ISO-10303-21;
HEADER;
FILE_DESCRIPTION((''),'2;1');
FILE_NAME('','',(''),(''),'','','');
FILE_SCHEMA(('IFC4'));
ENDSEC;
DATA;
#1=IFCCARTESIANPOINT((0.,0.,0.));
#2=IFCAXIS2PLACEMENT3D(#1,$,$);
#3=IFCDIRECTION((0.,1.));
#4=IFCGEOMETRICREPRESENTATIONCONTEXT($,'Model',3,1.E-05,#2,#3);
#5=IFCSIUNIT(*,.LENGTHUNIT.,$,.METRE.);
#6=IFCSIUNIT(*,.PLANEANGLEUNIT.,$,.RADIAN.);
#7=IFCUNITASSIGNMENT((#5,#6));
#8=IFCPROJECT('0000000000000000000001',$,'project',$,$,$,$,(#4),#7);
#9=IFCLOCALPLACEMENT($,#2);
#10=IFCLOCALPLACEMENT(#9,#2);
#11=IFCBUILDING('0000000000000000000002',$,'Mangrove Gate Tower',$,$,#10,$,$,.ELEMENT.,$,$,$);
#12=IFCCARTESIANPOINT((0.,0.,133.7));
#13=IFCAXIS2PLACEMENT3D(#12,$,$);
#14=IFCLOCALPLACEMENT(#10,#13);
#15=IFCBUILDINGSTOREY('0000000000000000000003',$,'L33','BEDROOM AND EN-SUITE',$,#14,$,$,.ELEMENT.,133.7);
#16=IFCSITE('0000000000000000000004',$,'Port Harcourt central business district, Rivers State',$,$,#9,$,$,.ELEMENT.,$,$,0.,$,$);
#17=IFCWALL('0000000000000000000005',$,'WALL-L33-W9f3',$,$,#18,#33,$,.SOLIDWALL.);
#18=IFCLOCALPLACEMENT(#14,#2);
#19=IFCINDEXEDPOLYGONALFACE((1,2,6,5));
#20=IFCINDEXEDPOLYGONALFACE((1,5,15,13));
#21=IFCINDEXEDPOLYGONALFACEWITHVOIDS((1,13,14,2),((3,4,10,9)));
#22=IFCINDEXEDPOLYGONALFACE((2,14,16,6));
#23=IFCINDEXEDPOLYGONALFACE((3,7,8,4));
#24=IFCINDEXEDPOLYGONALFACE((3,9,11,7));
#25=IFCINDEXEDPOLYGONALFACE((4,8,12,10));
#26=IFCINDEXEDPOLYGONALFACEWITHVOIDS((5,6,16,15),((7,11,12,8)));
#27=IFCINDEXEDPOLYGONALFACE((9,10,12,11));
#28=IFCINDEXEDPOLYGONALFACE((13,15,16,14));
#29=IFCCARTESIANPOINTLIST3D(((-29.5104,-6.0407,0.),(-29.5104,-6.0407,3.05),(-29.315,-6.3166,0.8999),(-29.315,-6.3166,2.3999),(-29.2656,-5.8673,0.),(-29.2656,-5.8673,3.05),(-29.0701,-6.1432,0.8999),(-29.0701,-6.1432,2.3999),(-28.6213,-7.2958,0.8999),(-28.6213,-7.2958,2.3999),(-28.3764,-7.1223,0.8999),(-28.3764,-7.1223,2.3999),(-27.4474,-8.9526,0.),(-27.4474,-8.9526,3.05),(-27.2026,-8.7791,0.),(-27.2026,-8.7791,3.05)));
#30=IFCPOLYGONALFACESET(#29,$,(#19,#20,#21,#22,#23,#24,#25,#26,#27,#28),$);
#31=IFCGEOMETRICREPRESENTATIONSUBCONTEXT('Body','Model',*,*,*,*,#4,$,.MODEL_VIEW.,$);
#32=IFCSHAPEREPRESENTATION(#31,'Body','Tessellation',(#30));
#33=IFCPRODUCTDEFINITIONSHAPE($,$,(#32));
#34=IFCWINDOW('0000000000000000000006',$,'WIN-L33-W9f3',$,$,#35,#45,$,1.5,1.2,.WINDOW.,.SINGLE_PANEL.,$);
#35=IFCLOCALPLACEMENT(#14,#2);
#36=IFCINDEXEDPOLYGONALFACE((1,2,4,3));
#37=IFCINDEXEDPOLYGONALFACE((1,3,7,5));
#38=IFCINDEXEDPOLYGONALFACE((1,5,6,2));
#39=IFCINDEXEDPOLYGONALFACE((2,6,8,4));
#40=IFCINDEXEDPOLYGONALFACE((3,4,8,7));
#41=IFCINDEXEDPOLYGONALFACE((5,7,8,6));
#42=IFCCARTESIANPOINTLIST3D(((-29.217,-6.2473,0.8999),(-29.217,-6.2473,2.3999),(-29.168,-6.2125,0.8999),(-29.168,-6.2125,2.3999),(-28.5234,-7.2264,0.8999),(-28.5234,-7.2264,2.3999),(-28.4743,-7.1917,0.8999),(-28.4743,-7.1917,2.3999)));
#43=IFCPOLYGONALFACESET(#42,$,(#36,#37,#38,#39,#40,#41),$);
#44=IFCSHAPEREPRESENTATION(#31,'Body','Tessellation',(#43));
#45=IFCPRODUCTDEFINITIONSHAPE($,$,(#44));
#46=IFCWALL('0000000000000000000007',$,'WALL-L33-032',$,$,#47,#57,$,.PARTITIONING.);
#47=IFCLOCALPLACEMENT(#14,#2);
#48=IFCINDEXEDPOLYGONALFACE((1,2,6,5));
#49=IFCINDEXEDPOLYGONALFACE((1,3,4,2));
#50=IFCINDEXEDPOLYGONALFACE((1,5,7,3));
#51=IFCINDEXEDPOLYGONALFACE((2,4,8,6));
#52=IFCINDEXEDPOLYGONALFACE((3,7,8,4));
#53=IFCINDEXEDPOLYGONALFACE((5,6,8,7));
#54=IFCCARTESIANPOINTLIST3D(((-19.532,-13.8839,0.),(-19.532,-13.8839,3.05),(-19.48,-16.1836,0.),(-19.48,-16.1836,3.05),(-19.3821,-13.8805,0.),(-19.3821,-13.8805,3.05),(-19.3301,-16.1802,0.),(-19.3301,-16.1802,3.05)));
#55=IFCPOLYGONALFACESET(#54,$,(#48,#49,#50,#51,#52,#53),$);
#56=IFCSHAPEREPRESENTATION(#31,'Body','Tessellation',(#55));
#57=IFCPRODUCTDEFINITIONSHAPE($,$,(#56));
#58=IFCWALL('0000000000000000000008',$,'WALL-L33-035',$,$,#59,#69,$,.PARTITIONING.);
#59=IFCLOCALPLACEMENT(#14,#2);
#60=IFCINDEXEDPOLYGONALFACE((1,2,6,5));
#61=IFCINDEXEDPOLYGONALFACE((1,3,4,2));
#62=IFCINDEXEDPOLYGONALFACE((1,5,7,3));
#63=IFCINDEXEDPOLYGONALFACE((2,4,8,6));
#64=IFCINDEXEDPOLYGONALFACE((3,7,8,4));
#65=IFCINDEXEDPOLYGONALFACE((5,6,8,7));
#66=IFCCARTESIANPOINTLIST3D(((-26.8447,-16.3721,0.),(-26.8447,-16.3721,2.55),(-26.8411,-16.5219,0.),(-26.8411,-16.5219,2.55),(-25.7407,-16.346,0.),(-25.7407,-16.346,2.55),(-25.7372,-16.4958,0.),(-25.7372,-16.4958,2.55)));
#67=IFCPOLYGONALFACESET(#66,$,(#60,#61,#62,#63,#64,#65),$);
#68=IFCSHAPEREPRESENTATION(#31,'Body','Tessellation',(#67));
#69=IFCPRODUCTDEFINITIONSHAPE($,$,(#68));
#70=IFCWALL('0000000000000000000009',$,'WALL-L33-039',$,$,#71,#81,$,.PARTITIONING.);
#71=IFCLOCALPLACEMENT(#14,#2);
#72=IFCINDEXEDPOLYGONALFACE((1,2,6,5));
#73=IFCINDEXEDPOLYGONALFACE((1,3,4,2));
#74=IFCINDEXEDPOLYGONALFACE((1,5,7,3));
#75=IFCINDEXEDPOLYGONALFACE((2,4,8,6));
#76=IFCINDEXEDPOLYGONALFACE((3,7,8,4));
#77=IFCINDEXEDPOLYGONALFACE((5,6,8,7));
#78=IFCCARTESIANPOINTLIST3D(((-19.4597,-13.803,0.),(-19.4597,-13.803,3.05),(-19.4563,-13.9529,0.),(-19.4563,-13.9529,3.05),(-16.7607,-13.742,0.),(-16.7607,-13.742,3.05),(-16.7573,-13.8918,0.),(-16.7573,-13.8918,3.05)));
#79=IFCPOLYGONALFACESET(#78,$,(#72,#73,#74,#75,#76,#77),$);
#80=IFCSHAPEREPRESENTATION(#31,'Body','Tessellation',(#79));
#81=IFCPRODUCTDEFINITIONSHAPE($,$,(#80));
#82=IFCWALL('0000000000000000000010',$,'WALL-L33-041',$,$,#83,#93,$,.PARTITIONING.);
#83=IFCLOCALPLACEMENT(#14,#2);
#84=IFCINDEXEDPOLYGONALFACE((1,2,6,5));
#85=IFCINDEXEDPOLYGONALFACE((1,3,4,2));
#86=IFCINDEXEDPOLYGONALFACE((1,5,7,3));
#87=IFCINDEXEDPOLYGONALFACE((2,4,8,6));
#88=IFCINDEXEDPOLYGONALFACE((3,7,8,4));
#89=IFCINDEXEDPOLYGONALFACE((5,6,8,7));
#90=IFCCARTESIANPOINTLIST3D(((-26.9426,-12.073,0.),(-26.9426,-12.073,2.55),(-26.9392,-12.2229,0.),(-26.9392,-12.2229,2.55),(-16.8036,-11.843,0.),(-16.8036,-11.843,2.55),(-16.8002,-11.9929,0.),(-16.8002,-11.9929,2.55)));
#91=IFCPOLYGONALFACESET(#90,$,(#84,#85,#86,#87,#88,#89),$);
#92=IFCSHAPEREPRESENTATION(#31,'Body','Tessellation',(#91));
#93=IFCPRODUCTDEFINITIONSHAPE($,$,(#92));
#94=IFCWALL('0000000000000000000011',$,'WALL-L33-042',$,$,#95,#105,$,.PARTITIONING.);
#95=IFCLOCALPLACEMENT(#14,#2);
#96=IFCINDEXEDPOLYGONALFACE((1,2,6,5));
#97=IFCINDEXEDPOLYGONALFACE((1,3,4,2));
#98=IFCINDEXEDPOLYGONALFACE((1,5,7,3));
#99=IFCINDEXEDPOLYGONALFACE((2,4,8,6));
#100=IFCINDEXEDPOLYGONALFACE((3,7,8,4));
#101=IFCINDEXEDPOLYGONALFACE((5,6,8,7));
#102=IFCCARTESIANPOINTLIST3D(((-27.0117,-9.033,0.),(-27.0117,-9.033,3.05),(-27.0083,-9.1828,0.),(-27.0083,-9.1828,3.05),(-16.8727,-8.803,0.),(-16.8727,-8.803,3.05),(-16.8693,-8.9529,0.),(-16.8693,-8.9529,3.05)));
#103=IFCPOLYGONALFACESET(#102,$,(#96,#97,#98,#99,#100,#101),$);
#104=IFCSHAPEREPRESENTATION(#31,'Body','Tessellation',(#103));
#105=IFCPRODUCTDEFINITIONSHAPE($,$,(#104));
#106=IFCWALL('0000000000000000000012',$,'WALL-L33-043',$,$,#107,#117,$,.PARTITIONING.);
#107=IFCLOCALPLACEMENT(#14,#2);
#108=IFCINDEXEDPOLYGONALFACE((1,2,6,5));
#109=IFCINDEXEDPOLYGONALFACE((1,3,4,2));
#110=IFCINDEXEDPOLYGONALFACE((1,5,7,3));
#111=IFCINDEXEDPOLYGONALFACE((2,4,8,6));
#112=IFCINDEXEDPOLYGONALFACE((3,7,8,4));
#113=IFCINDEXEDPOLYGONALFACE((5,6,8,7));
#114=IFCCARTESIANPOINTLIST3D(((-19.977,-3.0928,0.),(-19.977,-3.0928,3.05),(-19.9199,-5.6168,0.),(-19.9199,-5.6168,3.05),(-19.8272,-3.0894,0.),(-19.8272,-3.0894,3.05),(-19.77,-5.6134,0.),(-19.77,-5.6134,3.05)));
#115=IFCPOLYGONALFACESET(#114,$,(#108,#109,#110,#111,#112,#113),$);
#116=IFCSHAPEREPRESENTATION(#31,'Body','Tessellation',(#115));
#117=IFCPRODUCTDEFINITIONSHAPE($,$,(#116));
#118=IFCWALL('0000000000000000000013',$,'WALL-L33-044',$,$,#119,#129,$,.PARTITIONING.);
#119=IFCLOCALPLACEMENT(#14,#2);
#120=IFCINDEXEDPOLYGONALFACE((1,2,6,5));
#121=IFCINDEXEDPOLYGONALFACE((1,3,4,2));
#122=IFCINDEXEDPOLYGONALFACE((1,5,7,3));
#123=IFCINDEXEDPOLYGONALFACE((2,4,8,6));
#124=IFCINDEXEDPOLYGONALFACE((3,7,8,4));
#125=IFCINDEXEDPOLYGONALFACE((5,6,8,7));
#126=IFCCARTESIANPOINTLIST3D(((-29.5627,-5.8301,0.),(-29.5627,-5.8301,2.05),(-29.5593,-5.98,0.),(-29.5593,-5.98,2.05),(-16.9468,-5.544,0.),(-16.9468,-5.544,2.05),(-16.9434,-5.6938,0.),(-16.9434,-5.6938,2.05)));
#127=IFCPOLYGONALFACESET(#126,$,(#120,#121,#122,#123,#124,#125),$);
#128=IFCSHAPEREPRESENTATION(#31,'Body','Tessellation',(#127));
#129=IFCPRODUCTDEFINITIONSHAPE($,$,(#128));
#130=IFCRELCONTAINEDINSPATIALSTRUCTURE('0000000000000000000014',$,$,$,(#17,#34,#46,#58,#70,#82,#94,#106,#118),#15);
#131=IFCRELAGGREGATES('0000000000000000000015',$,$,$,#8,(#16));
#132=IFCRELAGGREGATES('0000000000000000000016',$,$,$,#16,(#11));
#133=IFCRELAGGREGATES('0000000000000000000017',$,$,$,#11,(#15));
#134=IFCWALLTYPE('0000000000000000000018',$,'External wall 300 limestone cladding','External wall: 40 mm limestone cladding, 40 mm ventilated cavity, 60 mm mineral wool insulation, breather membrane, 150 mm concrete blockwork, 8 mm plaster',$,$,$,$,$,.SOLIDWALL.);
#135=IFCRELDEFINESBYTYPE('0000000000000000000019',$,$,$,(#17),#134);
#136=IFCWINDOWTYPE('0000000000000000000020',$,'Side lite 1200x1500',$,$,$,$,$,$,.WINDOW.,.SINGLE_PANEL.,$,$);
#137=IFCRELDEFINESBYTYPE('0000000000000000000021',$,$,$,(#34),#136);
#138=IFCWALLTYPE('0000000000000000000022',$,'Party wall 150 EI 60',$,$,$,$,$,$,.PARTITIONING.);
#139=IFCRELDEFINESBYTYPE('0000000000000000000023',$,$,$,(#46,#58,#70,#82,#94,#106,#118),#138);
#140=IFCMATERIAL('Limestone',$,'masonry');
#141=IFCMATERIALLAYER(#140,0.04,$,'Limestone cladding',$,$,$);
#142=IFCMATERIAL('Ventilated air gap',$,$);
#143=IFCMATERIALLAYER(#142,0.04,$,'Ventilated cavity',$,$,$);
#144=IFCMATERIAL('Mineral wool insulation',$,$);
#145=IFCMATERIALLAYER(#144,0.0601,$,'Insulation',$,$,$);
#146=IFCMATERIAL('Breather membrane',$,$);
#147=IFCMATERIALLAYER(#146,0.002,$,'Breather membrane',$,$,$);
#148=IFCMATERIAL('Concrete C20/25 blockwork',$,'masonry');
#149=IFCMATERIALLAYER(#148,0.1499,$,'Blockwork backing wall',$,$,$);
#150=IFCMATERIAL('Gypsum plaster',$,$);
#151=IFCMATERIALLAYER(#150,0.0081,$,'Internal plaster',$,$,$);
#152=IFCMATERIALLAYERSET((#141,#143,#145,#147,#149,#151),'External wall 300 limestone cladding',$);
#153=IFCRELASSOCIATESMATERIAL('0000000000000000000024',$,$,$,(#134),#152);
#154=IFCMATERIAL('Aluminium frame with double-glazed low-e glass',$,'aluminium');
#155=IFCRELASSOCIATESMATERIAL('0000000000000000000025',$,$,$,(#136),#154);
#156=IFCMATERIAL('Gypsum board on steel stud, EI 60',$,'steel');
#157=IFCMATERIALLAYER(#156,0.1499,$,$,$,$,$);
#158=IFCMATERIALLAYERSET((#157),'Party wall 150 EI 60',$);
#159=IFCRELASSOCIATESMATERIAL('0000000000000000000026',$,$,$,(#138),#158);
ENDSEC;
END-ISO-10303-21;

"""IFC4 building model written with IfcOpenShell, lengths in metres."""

from ifc_helpers import new_model, si_unit, direction, frame, frame_2d, origin, place, context, subcontext, project, spatial, rectangle, extrude, material, layer, layer_set, type_object, element, fill, save


model = new_model("IFC4")

# Units and contexts
model_context = context("Model", 3, precision=1e-05, world=origin(), true_north=direction((0.0, 1.0)))
body_context = subcontext(model_context, "Body", "Model", "MODEL_VIEW")
ifc_project = project(units=[si_unit("LENGTHUNIT", "METRE"), si_unit("PLANEANGLEUNIT", "RADIAN")], contexts=[model_context])

# Site, building, storey
site_placement = place(None, origin())
site = spatial("IfcSite", under=ifc_project, at=site_placement, Name="Port Harcourt central business district, Rivers State", CompositionType="ELEMENT", RefElevation=0.0)
building_placement = place(site_placement, origin())
building = spatial("IfcBuilding", under=site, at=building_placement, Name="Mangrove Gate Tower", CompositionType="ELEMENT")
storey_placement = place(building_placement, frame((0.0, 0.0, 133.7)))
storey = spatial("IfcBuildingStorey", under=building, at=storey_placement, Name="L33", Description="BEDROOM AND EN-SUITE", CompositionType="ELEMENT", Elevation=133.7)

# Wall, opening, window
ifc_material_1 = material(Name="Limestone", Category="masonry")
ifc_layer_1 = layer(ifc_material_1, 0.04, Name="Limestone cladding")
ifc_material_2 = material(Name="Ventilated air gap")
ifc_layer_2 = layer(ifc_material_2, 0.04, Name="Ventilated cavity")
ifc_material_3 = material(Name="Mineral wool insulation")
ifc_layer_3 = layer(ifc_material_3, 0.0601, Name="Insulation")
ifc_material_4 = material(Name="Breather membrane")
ifc_layer_4 = layer(ifc_material_4, 0.002, Name="Breather membrane")
ifc_material_5 = material(Name="Concrete C20/25 blockwork", Category="masonry")
ifc_layer_5 = layer(ifc_material_5, 0.1499, Name="Blockwork backing wall")
ifc_material_6 = material(Name="Gypsum plaster")
ifc_layer_6 = layer(ifc_material_6, 0.0081, Name="Internal plaster")
ifc_layer_set_1 = layer_set([ifc_layer_1, ifc_layer_2, ifc_layer_3, ifc_layer_4, ifc_layer_5, ifc_layer_6], Name="External wall 300 limestone cladding")
wall_type_1 = type_object("IfcWallType", Name="External wall 300 limestone cladding", Description="External wall: 40 mm limestone cladding, 40 mm ventilated cavity, 60 mm mineral wool insulation, breather membrane, 150 mm concrete blockwork, 8 mm plaster", PredefinedType="SOLIDWALL", material=ifc_layer_set_1)
wall_1_placement = place(storey_placement, frame((-29.3879, -5.9541, 0.0), z_axis=(0.0, 0.0, 1.0), x_axis=(0.578095, -0.815969, 0.0)))
wall_1 = element("IfcWall", 1, at=wall_1_placement, inside=storey, type_object=wall_type_1, Name="WALL-L33-W9f3", PredefinedType="SOLIDWALL", context=body_context, shape_type="SweptSolid", body=[
    extrude(rectangle(XDim=3.5686, YDim=0.3, at=frame_2d((1.7842, 0.0))), origin(), (0.0, 0.0, 1.0), 3.05),
])
opening_1_placement = place(wall_1_placement, frame((0.3379, 0.0, 0.8999)))
opening_1 = element("IfcOpeningElement", 2, at=opening_1_placement, cuts=wall_1, PredefinedType="OPENING", context=body_context, shape_type="SweptSolid", body=[
    extrude(rectangle(XDim=1.2, YDim=1.5, at=frame_2d((0.6001, 0.75))), frame((0.0, 0.1599, 0.0), z_axis=(0.0, -1.0, 0.0), x_axis=(1.0, 0.0, 0.0)), (0.0, 0.0, 1.0), 0.3201),
])
ifc_material_7 = material(Name="Aluminium frame with double-glazed low-e glass", Category="aluminium")
window_type_1 = type_object("IfcWindowType", Name="Side lite 1200x1500", PartitioningType="SINGLE_PANEL", PredefinedType="WINDOW", material=ifc_material_7)
window_1_placement = place(opening_1_placement, origin())
window_1 = element("IfcWindow", 3, at=window_1_placement, inside=storey, type_object=window_type_1, Name="WIN-L33-W9f3", OverallHeight=1.5, OverallWidth=1.2, PartitioningType="SINGLE_PANEL", PredefinedType="WINDOW", context=body_context, shape_type="SweptSolid", body=[
    extrude(rectangle(XDim=1.2, YDim=1.5, at=frame_2d((0.6001, 0.75))), frame((0.0, 0.03, 0.0), z_axis=(0.0, -1.0, 0.0), x_axis=(1.0, 0.0, 0.0)), (0.0, 0.0, 1.0), 0.0601),
])
fill(opening_1, window_1)

# Walls
ifc_material_8 = material(Name="Gypsum board on steel stud, EI 60", Category="steel")
ifc_layer_7 = layer(ifc_material_8, 0.1499)
ifc_layer_set_2 = layer_set([ifc_layer_7], Name="Party wall 150 EI 60")
wall_type_2 = type_object("IfcWallType", Name="Party wall 150 EI 60", PredefinedType="PARTITIONING", material=ifc_layer_set_2)
wall_2_placement = place(storey_placement, frame((-19.405, -16.1819, 0.0), z_axis=(0.0, 0.0, 1.0), x_axis=(-0.022606, 0.999744, 0.0)))
element("IfcWall", 4, at=wall_2_placement, inside=storey, type_object=wall_type_2, Name="WALL-L33-032", PredefinedType="PARTITIONING", context=body_context, shape_type="SweptSolid", body=[
    extrude(rectangle(XDim=2.3003, YDim=0.1499, at=frame_2d((1.1501, 0.0))), origin(), (0.0, 0.0, 1.0), 3.05),
])
wall_3_placement = place(storey_placement, frame((-26.843, -16.447, 0.0), z_axis=(0.0, 0.0, 1.0), x_axis=(0.99972, 0.023655, 0.0)))
element("IfcWall", 5, at=wall_3_placement, inside=storey, type_object=wall_type_2, Name="WALL-L33-035", PredefinedType="PARTITIONING", context=body_context, shape_type="SweptSolid", body=[
    extrude(rectangle(XDim=1.1042, YDim=0.1499, at=frame_2d((0.5522, 0.0))), origin(), (0.0, 0.0, 1.0), 2.55),
])
wall_4_placement = place(storey_placement, frame((-19.458, -13.8779, 0.0), z_axis=(0.0, 0.0, 1.0), x_axis=(0.999744, 0.022608, 0.0)))
element("IfcWall", 6, at=wall_4_placement, inside=storey, type_object=wall_type_2, Name="WALL-L33-039", PredefinedType="PARTITIONING", context=body_context, shape_type="SweptSolid", body=[
    extrude(rectangle(XDim=2.6997, YDim=0.1499, at=frame_2d((1.3499, 0.0))), origin(), (0.0, 0.0, 1.0), 3.05),
])
wall_5_placement = place(storey_placement, frame((-26.9409, -12.1479, 0.0), z_axis=(0.0, 0.0, 1.0), x_axis=(0.999743, 0.022677, 0.0)))
element("IfcWall", 7, at=wall_5_placement, inside=storey, type_object=wall_type_2, Name="WALL-L33-041", PredefinedType="PARTITIONING", context=body_context, shape_type="SweptSolid", body=[
    extrude(rectangle(XDim=10.1416, YDim=0.1499, at=frame_2d((5.0708, 0.0))), origin(), (0.0, 0.0, 1.0), 2.55),
])
wall_6_placement = place(storey_placement, frame((-27.01, -9.1079, 0.0), z_axis=(0.0, 0.0, 1.0), x_axis=(0.999743, 0.022677, 0.0)))
element("IfcWall", 8, at=wall_6_placement, inside=storey, type_object=wall_type_2, Name="WALL-L33-042", PredefinedType="PARTITIONING", context=body_context, shape_type="SweptSolid", body=[
    extrude(rectangle(XDim=10.1416, YDim=0.1499, at=frame_2d((5.0708, 0.0))), origin(), (0.0, 0.0, 1.0), 3.05),
])
wall_7_placement = place(storey_placement, frame((-19.845, -5.615, 0.0), z_axis=(0.0, 0.0, 1.0), x_axis=(-0.022629, 0.999744, 0.0)))
element("IfcWall", 9, at=wall_7_placement, inside=storey, type_object=wall_type_2, Name="WALL-L33-043", PredefinedType="PARTITIONING", context=body_context, shape_type="SweptSolid", body=[
    extrude(rectangle(XDim=2.5247, YDim=0.1499, at=frame_2d((1.2622, 0.0))), origin(), (0.0, 0.0, 1.0), 3.05),
])
wall_8_placement = place(storey_placement, frame((-29.561, -5.905, 0.0), z_axis=(0.0, 0.0, 1.0), x_axis=(0.999743, 0.022674, 0.0)))
element("IfcWall", 10, at=wall_8_placement, inside=storey, type_object=wall_type_2, Name="WALL-L33-044", PredefinedType="PARTITIONING", context=body_context, shape_type="SweptSolid", body=[
    extrude(rectangle(XDim=12.6191, YDim=0.1499, at=frame_2d((6.3096, 0.0))), origin(), (0.0, 0.0, 1.0), 2.05),
])

save(model, "model.ifc")
